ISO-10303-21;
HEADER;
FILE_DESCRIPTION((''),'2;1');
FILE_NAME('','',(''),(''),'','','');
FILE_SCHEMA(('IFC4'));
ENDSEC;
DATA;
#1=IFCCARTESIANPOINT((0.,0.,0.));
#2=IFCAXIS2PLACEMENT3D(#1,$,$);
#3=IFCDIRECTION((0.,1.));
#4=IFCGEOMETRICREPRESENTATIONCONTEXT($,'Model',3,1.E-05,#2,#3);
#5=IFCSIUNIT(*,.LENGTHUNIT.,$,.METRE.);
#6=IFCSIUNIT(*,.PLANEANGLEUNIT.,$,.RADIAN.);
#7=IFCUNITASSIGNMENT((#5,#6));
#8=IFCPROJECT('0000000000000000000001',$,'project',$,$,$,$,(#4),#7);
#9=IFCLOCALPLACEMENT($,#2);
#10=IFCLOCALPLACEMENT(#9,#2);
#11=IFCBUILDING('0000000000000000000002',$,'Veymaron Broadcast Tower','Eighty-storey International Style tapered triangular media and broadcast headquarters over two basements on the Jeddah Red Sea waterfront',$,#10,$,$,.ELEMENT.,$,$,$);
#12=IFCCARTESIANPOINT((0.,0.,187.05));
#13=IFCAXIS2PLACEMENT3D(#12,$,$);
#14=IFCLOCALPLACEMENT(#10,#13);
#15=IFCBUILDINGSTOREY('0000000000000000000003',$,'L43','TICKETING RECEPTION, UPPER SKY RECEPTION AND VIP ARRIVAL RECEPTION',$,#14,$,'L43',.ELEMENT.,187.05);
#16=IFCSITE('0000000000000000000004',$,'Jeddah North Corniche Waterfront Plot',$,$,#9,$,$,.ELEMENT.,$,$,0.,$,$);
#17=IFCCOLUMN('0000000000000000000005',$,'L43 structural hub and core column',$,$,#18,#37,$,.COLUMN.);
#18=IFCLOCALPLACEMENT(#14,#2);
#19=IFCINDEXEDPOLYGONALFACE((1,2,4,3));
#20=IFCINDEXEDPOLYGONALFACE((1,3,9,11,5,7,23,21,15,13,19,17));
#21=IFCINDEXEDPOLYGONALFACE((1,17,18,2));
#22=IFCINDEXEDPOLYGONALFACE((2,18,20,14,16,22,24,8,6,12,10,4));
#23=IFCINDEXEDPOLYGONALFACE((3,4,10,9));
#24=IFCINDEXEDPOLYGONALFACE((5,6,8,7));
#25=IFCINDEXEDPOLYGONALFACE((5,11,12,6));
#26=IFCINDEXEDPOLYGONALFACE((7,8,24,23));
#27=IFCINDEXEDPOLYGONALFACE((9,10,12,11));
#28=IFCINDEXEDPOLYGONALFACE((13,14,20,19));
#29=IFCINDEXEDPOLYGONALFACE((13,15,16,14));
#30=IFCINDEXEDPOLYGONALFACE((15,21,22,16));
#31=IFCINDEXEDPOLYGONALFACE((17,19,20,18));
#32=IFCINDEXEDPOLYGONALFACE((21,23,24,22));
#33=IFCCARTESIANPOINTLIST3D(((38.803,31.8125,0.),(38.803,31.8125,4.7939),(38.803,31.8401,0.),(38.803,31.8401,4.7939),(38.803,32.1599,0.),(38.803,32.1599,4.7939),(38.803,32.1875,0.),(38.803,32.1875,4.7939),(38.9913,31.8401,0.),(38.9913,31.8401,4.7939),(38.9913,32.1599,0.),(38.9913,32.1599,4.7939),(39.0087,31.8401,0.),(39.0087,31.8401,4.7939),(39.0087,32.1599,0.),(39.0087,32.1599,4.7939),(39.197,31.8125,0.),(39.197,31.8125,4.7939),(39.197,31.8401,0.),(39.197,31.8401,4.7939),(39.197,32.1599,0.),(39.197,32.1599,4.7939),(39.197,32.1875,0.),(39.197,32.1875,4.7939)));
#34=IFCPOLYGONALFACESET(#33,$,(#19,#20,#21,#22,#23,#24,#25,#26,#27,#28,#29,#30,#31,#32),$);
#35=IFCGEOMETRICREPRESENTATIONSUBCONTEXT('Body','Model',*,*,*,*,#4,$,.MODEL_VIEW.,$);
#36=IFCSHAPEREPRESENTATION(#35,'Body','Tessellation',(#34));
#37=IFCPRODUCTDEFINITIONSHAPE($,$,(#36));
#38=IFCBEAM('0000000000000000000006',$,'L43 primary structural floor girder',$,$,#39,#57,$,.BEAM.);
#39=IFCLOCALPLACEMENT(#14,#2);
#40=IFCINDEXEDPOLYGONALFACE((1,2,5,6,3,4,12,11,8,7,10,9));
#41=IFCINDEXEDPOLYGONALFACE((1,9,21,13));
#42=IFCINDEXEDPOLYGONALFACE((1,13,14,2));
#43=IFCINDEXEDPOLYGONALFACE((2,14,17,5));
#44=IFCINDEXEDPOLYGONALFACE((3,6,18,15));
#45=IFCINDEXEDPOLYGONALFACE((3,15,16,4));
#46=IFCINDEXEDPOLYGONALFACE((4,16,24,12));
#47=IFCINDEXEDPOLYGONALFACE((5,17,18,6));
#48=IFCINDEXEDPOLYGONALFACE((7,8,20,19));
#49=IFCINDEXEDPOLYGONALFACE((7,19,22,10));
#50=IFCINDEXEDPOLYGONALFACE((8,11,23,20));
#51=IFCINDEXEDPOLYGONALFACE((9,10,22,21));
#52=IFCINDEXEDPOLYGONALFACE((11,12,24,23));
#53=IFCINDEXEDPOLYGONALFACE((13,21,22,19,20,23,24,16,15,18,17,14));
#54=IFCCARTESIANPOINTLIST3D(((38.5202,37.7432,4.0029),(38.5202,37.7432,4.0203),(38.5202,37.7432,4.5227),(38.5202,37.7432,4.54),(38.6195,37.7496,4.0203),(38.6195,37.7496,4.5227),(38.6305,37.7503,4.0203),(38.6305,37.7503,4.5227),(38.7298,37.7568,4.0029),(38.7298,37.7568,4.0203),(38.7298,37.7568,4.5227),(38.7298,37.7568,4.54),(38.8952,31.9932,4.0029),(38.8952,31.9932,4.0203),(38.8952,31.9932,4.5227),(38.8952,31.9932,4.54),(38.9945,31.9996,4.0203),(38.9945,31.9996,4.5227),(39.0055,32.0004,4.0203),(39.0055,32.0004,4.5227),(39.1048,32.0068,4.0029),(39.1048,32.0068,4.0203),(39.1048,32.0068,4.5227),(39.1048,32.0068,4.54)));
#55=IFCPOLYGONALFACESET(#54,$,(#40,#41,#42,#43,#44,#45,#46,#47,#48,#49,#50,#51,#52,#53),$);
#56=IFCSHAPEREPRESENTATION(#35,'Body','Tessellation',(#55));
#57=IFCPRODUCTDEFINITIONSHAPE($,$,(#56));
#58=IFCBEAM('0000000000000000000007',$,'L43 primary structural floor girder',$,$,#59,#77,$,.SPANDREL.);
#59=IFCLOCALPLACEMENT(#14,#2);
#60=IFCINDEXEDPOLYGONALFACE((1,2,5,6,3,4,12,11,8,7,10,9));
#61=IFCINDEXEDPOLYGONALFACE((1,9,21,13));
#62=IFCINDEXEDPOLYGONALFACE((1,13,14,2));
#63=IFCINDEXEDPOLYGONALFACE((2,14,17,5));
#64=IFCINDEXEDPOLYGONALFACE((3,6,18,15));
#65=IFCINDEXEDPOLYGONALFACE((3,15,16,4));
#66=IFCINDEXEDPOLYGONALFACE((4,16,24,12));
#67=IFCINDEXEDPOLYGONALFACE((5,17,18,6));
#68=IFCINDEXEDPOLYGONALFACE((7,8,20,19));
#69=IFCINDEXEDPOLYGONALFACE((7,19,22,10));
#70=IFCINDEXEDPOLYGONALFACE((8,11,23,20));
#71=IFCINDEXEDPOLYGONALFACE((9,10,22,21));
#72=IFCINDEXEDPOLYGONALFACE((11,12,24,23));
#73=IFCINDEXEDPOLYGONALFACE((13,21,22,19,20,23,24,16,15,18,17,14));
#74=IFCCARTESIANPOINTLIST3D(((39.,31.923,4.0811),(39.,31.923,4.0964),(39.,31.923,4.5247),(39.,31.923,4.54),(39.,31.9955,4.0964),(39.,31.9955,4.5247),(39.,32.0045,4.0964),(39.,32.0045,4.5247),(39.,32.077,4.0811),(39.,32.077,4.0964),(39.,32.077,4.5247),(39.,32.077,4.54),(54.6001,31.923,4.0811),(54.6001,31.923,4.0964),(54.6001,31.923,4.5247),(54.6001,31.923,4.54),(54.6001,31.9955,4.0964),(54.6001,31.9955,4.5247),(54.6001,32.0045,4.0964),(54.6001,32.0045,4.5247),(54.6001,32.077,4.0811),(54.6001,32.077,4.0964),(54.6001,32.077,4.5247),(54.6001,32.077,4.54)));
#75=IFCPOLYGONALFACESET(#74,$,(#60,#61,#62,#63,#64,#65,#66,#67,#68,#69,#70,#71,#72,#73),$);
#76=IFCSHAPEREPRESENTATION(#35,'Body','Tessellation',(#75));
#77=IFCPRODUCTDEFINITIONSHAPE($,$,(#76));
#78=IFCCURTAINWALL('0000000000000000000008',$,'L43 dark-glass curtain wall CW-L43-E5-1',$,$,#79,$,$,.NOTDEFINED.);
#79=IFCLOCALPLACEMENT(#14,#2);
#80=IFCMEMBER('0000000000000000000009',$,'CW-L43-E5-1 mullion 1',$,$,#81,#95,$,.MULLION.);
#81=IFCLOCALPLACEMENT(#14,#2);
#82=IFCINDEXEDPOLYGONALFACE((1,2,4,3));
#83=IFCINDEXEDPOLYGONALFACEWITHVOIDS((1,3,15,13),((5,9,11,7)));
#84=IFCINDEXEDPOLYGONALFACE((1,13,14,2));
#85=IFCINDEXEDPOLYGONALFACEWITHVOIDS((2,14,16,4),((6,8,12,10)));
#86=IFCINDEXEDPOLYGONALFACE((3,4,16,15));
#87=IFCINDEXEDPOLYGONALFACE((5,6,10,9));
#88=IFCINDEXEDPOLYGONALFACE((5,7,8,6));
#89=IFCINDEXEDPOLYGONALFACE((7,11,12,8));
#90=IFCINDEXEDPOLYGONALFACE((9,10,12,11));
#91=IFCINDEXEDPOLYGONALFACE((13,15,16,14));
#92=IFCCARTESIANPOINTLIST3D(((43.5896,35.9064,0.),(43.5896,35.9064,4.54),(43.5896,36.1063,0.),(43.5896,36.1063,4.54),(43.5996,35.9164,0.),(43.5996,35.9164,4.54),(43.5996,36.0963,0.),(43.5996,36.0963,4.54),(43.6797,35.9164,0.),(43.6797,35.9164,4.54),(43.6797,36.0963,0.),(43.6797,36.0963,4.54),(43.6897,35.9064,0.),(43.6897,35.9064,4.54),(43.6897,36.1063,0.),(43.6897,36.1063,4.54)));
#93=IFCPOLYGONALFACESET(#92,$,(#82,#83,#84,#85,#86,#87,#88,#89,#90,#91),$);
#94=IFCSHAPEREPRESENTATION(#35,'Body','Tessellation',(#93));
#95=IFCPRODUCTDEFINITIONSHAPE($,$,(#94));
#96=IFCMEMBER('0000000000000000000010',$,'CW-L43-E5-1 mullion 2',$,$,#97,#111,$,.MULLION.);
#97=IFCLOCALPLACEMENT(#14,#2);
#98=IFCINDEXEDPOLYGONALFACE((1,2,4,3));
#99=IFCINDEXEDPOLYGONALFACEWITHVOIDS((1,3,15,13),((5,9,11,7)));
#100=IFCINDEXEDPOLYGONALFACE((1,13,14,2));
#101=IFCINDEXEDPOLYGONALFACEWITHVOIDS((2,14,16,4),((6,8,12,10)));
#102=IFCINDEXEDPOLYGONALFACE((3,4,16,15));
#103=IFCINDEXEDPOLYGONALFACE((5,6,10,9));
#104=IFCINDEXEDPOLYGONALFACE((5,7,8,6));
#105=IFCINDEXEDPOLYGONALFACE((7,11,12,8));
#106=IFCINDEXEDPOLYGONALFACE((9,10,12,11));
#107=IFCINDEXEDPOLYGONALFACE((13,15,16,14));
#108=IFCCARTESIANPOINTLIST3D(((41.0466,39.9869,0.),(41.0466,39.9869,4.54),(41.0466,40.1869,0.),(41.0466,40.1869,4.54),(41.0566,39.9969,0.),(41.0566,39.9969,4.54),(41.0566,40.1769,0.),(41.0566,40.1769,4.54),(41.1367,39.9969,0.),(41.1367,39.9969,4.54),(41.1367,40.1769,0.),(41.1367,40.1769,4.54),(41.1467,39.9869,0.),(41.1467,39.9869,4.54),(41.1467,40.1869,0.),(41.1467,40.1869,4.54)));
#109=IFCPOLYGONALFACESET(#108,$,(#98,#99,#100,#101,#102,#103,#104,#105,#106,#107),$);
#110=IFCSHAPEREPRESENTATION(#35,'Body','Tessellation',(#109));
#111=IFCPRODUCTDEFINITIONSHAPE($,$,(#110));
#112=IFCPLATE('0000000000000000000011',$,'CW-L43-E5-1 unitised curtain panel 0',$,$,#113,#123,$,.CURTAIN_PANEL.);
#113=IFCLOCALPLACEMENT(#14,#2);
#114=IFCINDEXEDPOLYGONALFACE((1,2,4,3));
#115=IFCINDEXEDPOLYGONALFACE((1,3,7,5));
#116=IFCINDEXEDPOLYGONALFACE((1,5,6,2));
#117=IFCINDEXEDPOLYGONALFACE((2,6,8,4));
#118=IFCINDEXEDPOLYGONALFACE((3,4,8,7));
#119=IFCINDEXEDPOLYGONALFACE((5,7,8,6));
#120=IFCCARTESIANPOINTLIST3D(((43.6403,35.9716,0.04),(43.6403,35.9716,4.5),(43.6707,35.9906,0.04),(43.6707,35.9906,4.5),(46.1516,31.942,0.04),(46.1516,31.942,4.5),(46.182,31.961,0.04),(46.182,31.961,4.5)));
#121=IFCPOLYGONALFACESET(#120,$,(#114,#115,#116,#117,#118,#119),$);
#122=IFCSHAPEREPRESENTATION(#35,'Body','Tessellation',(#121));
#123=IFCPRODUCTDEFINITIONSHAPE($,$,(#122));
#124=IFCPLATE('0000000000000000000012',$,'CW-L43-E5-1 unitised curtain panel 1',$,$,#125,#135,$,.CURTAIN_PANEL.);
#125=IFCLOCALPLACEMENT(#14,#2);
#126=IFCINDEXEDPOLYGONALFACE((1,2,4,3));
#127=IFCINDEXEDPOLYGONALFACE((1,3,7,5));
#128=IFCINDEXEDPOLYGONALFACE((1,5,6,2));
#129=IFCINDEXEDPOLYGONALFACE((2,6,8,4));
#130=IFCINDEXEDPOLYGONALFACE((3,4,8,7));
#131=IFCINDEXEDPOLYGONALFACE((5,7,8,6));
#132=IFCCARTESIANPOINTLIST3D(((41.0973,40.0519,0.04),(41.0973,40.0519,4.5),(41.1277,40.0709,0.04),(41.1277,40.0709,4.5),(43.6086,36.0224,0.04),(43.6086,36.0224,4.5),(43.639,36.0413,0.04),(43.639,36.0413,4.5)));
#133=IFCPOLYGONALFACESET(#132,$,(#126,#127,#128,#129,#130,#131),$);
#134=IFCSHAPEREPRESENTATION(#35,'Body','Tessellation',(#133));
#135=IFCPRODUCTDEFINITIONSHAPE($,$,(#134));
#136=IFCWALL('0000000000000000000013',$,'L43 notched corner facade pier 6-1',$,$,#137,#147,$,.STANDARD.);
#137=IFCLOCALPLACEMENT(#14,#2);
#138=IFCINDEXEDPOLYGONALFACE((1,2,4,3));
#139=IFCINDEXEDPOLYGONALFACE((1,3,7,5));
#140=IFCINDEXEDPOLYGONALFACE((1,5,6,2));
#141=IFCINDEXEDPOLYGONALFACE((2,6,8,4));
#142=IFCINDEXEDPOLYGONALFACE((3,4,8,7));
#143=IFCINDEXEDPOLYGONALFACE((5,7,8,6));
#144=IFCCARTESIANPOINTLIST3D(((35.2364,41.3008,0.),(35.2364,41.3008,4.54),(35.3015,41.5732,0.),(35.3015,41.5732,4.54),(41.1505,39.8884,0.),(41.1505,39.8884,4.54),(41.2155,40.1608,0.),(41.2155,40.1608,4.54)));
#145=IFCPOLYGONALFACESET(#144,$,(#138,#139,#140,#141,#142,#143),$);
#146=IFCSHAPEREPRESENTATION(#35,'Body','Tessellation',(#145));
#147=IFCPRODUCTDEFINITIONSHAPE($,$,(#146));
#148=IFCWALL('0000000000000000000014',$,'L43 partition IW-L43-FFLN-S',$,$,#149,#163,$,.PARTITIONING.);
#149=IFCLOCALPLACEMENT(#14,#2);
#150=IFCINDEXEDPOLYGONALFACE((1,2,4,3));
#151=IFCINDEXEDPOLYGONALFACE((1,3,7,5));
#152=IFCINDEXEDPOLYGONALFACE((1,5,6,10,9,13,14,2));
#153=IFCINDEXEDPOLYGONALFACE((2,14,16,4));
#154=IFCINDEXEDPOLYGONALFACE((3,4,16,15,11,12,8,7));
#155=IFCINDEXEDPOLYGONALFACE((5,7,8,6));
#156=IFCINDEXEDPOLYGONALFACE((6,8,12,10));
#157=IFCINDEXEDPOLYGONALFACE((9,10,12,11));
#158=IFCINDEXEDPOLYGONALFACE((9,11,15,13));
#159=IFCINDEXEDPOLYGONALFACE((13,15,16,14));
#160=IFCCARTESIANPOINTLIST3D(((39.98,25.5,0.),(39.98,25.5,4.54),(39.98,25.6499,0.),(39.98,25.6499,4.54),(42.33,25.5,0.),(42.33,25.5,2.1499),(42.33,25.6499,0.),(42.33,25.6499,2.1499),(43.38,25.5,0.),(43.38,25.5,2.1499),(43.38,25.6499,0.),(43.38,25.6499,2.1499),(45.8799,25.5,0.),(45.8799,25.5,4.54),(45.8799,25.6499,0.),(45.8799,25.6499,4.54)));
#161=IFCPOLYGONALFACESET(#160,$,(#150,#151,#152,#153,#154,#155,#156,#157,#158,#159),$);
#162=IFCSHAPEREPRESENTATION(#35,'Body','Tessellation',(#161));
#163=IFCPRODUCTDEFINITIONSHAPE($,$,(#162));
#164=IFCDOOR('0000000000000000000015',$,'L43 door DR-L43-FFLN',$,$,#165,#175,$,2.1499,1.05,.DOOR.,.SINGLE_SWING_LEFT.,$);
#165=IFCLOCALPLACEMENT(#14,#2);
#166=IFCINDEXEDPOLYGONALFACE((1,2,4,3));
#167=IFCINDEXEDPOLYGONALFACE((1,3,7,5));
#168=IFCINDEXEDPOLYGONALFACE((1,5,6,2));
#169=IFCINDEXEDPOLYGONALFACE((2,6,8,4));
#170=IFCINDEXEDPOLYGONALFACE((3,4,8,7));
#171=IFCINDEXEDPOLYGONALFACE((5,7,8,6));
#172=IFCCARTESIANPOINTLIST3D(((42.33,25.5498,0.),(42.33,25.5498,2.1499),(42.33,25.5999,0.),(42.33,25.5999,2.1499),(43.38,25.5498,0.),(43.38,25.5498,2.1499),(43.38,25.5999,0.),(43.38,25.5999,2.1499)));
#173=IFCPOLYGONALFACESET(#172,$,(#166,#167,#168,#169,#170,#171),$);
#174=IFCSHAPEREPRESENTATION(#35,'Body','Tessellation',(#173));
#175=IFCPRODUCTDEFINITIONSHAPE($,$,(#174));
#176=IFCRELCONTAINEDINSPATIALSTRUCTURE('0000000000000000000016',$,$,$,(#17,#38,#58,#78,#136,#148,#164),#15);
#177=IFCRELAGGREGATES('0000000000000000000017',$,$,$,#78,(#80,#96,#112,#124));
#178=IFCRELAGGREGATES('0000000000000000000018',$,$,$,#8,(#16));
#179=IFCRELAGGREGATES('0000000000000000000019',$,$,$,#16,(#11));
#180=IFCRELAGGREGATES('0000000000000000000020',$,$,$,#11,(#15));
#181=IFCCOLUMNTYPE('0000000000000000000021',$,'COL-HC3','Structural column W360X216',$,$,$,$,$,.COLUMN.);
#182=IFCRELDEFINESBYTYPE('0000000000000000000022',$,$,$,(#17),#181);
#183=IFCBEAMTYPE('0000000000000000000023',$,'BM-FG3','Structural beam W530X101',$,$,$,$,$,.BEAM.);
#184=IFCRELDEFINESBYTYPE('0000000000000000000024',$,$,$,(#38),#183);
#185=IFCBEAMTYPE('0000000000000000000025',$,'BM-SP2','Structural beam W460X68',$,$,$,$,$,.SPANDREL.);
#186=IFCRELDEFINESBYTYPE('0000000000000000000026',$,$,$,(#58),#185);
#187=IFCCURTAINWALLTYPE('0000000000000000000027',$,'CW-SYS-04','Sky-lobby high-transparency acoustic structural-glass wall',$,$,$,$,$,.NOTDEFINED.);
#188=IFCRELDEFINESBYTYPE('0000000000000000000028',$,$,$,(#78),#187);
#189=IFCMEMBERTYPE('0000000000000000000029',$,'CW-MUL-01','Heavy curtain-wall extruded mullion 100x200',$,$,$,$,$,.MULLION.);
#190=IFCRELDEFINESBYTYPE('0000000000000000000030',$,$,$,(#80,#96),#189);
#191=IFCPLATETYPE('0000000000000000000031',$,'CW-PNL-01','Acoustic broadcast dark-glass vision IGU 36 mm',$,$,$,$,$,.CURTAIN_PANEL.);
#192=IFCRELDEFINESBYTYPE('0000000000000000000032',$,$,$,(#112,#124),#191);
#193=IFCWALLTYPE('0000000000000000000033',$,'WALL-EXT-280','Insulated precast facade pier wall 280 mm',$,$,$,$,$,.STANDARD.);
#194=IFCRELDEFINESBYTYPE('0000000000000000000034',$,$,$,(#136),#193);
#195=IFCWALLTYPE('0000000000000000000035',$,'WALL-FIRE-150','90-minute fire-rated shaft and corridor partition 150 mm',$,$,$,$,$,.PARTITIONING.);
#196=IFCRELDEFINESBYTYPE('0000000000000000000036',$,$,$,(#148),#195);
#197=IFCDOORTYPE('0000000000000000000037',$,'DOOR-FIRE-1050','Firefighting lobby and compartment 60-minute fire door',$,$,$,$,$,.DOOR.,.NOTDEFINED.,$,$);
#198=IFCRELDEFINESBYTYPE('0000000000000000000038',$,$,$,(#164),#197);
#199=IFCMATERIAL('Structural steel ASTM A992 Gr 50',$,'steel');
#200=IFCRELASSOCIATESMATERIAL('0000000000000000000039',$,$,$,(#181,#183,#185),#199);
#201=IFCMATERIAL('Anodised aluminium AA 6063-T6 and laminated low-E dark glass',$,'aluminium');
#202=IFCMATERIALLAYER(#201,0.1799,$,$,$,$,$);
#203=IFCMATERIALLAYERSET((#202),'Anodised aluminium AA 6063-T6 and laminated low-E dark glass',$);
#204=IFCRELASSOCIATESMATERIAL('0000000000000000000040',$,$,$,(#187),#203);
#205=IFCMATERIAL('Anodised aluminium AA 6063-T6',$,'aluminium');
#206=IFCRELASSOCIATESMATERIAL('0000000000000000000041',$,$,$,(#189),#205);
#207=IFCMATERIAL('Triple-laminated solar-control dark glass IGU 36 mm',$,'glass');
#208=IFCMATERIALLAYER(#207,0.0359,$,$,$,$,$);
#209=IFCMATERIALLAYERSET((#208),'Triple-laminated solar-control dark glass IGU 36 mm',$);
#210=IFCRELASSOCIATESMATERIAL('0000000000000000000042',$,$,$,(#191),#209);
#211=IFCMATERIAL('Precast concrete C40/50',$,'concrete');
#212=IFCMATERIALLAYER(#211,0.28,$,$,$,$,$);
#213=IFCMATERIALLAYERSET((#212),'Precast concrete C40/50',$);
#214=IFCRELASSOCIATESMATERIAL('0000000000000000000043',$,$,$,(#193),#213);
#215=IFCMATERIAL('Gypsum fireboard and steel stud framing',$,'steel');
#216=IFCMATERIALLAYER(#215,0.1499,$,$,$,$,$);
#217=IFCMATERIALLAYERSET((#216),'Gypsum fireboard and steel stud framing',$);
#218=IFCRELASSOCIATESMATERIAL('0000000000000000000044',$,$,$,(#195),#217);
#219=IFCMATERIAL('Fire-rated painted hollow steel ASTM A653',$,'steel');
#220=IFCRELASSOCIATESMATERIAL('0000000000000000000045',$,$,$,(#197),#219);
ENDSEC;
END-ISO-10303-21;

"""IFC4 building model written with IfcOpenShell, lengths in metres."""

from ifc_helpers import new_model, si_unit, direction, frame, frame_2d, origin, origin_2d, place, context, subcontext, project, spatial, rectangle, hollow_rectangle, i_section, extrude, material, layer, layer_set, material_profile, profile_set, type_object, element, fill, aggregate, save


model = new_model("IFC4")

# Units and contexts
model_context = context("Model", 3, precision=1e-05, world=origin(), true_north=direction((0.0, 1.0)))
body_context = subcontext(model_context, "Body", "Model", "MODEL_VIEW")
ifc_project = project(units=[si_unit("LENGTHUNIT", "METRE"), si_unit("PLANEANGLEUNIT", "RADIAN")], contexts=[model_context])

# Site, building, storey
site_placement = place(None, origin())
site = spatial("IfcSite", under=ifc_project, at=site_placement, Name="Jeddah North Corniche Waterfront Plot", CompositionType="ELEMENT", RefElevation=0.0)
building_placement = place(site_placement, origin())
building = spatial("IfcBuilding", under=site, at=building_placement, Name="Veymaron Broadcast Tower", Description="Eighty-storey International Style tapered triangular media and broadcast headquarters over two basements on the Jeddah Red Sea waterfront", CompositionType="ELEMENT")
storey_placement = place(building_placement, frame((0.0, 0.0, 187.05)))
storey = spatial("IfcBuildingStorey", under=building, at=storey_placement, Name="L43", Description="TICKETING RECEPTION, UPPER SKY RECEPTION AND VIP ARRIVAL RECEPTION", LongName="L43", CompositionType="ELEMENT", Elevation=187.05)

# Column
ifc_material_1 = material(Name="Structural steel ASTM A992 Gr 50", Category="steel")
ifc_material_profile_1 = material_profile(ifc_material_1, i_section(OverallWidth=0.394, OverallDepth=0.375, WebThickness=0.0173, FlangeThickness=0.0276, at=origin_2d()), Name="W360X216")
ifc_profile_set_1 = profile_set([ifc_material_profile_1], Name="Structural steel ASTM A992 Gr 50")
column_type = type_object("IfcColumnType", Name="COL-HC3", Description="Structural column W360X216", PredefinedType="COLUMN", material=ifc_profile_set_1)
column_placement = place(storey_placement, frame((39.0, 32.0, 0.0), z_axis=(0.0, 0.0, 1.0), x_axis=(1.0, 0.0, 0.0)))
element("IfcColumn", 1, at=column_placement, inside=storey, type_object=column_type, Name="L43 structural hub and core column", PredefinedType="COLUMN", context=body_context, shape_type="SweptSolid", body=[
    extrude(i_section(OverallWidth=0.394, OverallDepth=0.375, WebThickness=0.0173, FlangeThickness=0.0276, at=origin_2d()), origin(), (0.0, 0.0, 1.0), 4.7939),
])

# Beams
ifc_material_profile_2 = material_profile(ifc_material_1, i_section(OverallWidth=0.21, OverallDepth=0.5371, WebThickness=0.011, FlangeThickness=0.0173, at=origin_2d()), Name="W530X101")
ifc_profile_set_2 = profile_set([ifc_material_profile_2], Name="Structural steel ASTM A992 Gr 50")
beam_type_1 = type_object("IfcBeamType", Name="BM-FG3", Description="Structural beam W530X101", PredefinedType="BEAM", material=ifc_profile_set_2)
beam_1_placement = place(storey_placement, frame((39.0, 32.0, 4.2715), z_axis=(-0.065079, 0.99788, 0.0), x_axis=(-0.99788, -0.065079, 0.0)))
element("IfcBeam", 2, at=beam_1_placement, inside=storey, type_object=beam_type_1, Name="L43 primary structural floor girder", PredefinedType="BEAM", context=body_context, shape_type="SweptSolid", body=[
    extrude(i_section(OverallWidth=0.21, OverallDepth=0.5371, WebThickness=0.011, FlangeThickness=0.0173, at=origin_2d()), origin(), (0.0, 0.0, 1.0), 5.7622),
])
ifc_material_profile_3 = material_profile(ifc_material_1, i_section(OverallWidth=0.1541, OverallDepth=0.459, WebThickness=0.009, FlangeThickness=0.0154, at=origin_2d()), Name="W460X68")
ifc_profile_set_3 = profile_set([ifc_material_profile_3], Name="Structural steel ASTM A992 Gr 50")
beam_type_2 = type_object("IfcBeamType", Name="BM-SP2", Description="Structural beam W460X68", PredefinedType="SPANDREL", material=ifc_profile_set_3)
beam_2_placement = place(storey_placement, frame((39.0, 32.0, 4.3105), z_axis=(1.0, 0.0, 0.0), x_axis=(0.0, 1.0, 0.0)))
element("IfcBeam", 3, at=beam_2_placement, inside=storey, type_object=beam_type_2, Name="L43 primary structural floor girder", PredefinedType="SPANDREL", context=body_context, shape_type="SweptSolid", body=[
    extrude(i_section(OverallWidth=0.1541, OverallDepth=0.459, WebThickness=0.009, FlangeThickness=0.0154, at=origin_2d()), origin(), (0.0, 0.0, 1.0), 15.6001),
])

# Curtain wall, members, plates
ifc_material_2 = material(Name="Anodised aluminium AA 6063-T6 and laminated low-E dark glass", Category="aluminium")
ifc_layer_1 = layer(ifc_material_2, 0.1799)
ifc_layer_set_1 = layer_set([ifc_layer_1], Name="Anodised aluminium AA 6063-T6 and laminated low-E dark glass")
curtain_wall_type = type_object("IfcCurtainWallType", Name="CW-SYS-04", Description="Sky-lobby high-transparency acoustic structural-glass wall", PredefinedType="NOTDEFINED", material=ifc_layer_set_1)
curtain_wall_placement = place(storey_placement, origin())
curtain_wall = element("IfcCurtainWall", 4, at=curtain_wall_placement, inside=storey, type_object=curtain_wall_type, Name="L43 dark-glass curtain wall CW-L43-E5-1", PredefinedType="NOTDEFINED")
ifc_material_3 = material(Name="Anodised aluminium AA 6063-T6", Category="aluminium")
ifc_material_profile_4 = material_profile(ifc_material_3, hollow_rectangle(XDim=0.1001, YDim=0.2, WallThickness=0.01, at=origin_2d()), Name="RHS200X100X10")
ifc_profile_set_4 = profile_set([ifc_material_profile_4], Name="Anodised aluminium AA 6063-T6")
member_type = type_object("IfcMemberType", Name="CW-MUL-01", Description="Heavy curtain-wall extruded mullion 100x200", PredefinedType="MULLION", material=ifc_profile_set_4)
member_1_placement = place(storey_placement, frame((43.6396, 36.0063, 0.0), z_axis=(0.0, 0.0, 1.0), x_axis=(1.0, 0.0, 0.0)))
member_1 = element("IfcMember", 5, at=member_1_placement, type_object=member_type, Name="CW-L43-E5-1 mullion 1", PredefinedType="MULLION", context=body_context, shape_type="SweptSolid", body=[
    extrude(hollow_rectangle(XDim=0.1001, YDim=0.2, WallThickness=0.01, at=origin_2d()), origin(), (0.0, 0.0, 1.0), 4.54),
])
member_2_placement = place(storey_placement, frame((41.0967, 40.0869, 0.0), z_axis=(0.0, 0.0, 1.0), x_axis=(1.0, 0.0, 0.0)))
member_2 = element("IfcMember", 6, at=member_2_placement, type_object=member_type, Name="CW-L43-E5-1 mullion 2", PredefinedType="MULLION", context=body_context, shape_type="SweptSolid", body=[
    extrude(hollow_rectangle(XDim=0.1001, YDim=0.2, WallThickness=0.01, at=origin_2d()), origin(), (0.0, 0.0, 1.0), 4.54),
])
ifc_material_4 = material(Name="Triple-laminated solar-control dark glass IGU 36 mm", Category="glass")
ifc_layer_2 = layer(ifc_material_4, 0.0359)
ifc_layer_set_2 = layer_set([ifc_layer_2], Name="Triple-laminated solar-control dark glass IGU 36 mm")
plate_type = type_object("IfcPlateType", Name="CW-PNL-01", Description="Acoustic broadcast dark-glass vision IGU 36 mm", PredefinedType="CURTAIN_PANEL", material=ifc_layer_set_2)
plate_1_placement = place(storey_placement, frame((44.9111, 33.9663, 0.04), z_axis=(0.0, 0.0, 1.0), x_axis=(-0.528912, 0.848676, 0.0)))
plate_1 = element("IfcPlate", 7, at=plate_1_placement, type_object=plate_type, Name="CW-L43-E5-1 unitised curtain panel 0", PredefinedType="CURTAIN_PANEL", context=body_context, shape_type="SweptSolid", body=[
    extrude(rectangle(XDim=4.748, YDim=0.0359, at=origin_2d()), origin(), (0.0, 0.0, 1.0), 4.46),
])
plate_2_placement = place(storey_placement, frame((42.3682, 38.0466, 0.04), z_axis=(0.0, 0.0, 1.0), x_axis=(-0.528912, 0.848676, 0.0)))
plate_2 = element("IfcPlate", 8, at=plate_2_placement, type_object=plate_type, Name="CW-L43-E5-1 unitised curtain panel 1", PredefinedType="CURTAIN_PANEL", context=body_context, shape_type="SweptSolid", body=[
    extrude(rectangle(XDim=4.748, YDim=0.0359, at=origin_2d()), origin(), (0.0, 0.0, 1.0), 4.46),
])
aggregate(curtain_wall, [member_1, member_2, plate_1, plate_2])

# Wall
ifc_material_5 = material(Name="Precast concrete C40/50", Category="concrete")
ifc_layer_3 = layer(ifc_material_5, 0.28)
ifc_layer_set_3 = layer_set([ifc_layer_3], Name="Precast concrete C40/50")
wall_type_1 = type_object("IfcWallType", Name="WALL-EXT-280", Description="Insulated precast facade pier wall 280 mm", PredefinedType="STANDARD", material=ifc_layer_set_3)
wall_1_placement = place(storey_placement, frame((41.1829, 40.0247, 0.0), z_axis=(0.0, 0.0, 1.0), x_axis=(-0.972649, 0.232281, 0.0)))
element("IfcWall", 9, at=wall_1_placement, inside=storey, type_object=wall_type_1, Name="L43 notched corner facade pier 6-1", PredefinedType="STANDARD", context=body_context, shape_type="SweptSolid", body=[
    extrude(rectangle(XDim=6.0803, YDim=0.28, at=frame_2d((3.04, 0.0))), origin(), (0.0, 0.0, 1.0), 4.54),
])

# Wall, opening, door
ifc_material_6 = material(Name="Gypsum fireboard and steel stud framing", Category="steel")
ifc_layer_4 = layer(ifc_material_6, 0.1499)
ifc_layer_set_4 = layer_set([ifc_layer_4], Name="Gypsum fireboard and steel stud framing")
wall_type_2 = type_object("IfcWallType", Name="WALL-FIRE-150", Description="90-minute fire-rated shaft and corridor partition 150 mm", PredefinedType="PARTITIONING", material=ifc_layer_set_4)
wall_2_placement = place(storey_placement, frame((39.98, 25.575, 0.0), z_axis=(0.0, 0.0, 1.0), x_axis=(1.0, 0.0, 0.0)))
wall_2 = element("IfcWall", 10, at=wall_2_placement, inside=storey, type_object=wall_type_2, Name="L43 partition IW-L43-FFLN-S", PredefinedType="PARTITIONING", context=body_context, shape_type="SweptSolid", body=[
    extrude(rectangle(XDim=5.8999, YDim=0.1499, at=frame_2d((2.95, 0.0))), origin(), (0.0, 0.0, 1.0), 4.54),
])
opening_1_placement = place(wall_2_placement, frame((2.3501, 0.0, 0.0)))
opening_1 = element("IfcOpeningElement", 11, at=opening_1_placement, cuts=wall_2, PredefinedType="OPENING", context=body_context, shape_type="SweptSolid", body=[
    extrude(rectangle(XDim=1.05, YDim=2.1499, at=frame_2d((0.5249, 1.075))), frame((0.0, 0.085, 0.0), z_axis=(0.0, -1.0, 0.0), x_axis=(1.0, 0.0, 0.0)), (0.0, 0.0, 1.0), 0.1699),
])
ifc_material_7 = material(Name="Fire-rated painted hollow steel ASTM A653", Category="steel")
door_type_1 = type_object("IfcDoorType", Name="DOOR-FIRE-1050", Description="Firefighting lobby and compartment 60-minute fire door", OperationType="NOTDEFINED", PredefinedType="DOOR", material=ifc_material_7)
door_1_placement = place(opening_1_placement, origin())
door_1 = element("IfcDoor", 12, at=door_1_placement, inside=storey, type_object=door_type_1, Name="L43 door DR-L43-FFLN", OperationType="SINGLE_SWING_LEFT", OverallHeight=2.1499, OverallWidth=1.05, PredefinedType="DOOR", context=body_context, shape_type="SweptSolid", body=[
    extrude(rectangle(XDim=1.05, YDim=2.1499, at=frame_2d((0.5249, 1.075))), frame((0.0, 0.0249, 0.0), z_axis=(0.0, -1.0, 0.0), x_axis=(1.0, 0.0, 0.0)), (0.0, 0.0, 1.0), 0.05),
])
fill(opening_1, door_1)

save(model, "model.ifc")
